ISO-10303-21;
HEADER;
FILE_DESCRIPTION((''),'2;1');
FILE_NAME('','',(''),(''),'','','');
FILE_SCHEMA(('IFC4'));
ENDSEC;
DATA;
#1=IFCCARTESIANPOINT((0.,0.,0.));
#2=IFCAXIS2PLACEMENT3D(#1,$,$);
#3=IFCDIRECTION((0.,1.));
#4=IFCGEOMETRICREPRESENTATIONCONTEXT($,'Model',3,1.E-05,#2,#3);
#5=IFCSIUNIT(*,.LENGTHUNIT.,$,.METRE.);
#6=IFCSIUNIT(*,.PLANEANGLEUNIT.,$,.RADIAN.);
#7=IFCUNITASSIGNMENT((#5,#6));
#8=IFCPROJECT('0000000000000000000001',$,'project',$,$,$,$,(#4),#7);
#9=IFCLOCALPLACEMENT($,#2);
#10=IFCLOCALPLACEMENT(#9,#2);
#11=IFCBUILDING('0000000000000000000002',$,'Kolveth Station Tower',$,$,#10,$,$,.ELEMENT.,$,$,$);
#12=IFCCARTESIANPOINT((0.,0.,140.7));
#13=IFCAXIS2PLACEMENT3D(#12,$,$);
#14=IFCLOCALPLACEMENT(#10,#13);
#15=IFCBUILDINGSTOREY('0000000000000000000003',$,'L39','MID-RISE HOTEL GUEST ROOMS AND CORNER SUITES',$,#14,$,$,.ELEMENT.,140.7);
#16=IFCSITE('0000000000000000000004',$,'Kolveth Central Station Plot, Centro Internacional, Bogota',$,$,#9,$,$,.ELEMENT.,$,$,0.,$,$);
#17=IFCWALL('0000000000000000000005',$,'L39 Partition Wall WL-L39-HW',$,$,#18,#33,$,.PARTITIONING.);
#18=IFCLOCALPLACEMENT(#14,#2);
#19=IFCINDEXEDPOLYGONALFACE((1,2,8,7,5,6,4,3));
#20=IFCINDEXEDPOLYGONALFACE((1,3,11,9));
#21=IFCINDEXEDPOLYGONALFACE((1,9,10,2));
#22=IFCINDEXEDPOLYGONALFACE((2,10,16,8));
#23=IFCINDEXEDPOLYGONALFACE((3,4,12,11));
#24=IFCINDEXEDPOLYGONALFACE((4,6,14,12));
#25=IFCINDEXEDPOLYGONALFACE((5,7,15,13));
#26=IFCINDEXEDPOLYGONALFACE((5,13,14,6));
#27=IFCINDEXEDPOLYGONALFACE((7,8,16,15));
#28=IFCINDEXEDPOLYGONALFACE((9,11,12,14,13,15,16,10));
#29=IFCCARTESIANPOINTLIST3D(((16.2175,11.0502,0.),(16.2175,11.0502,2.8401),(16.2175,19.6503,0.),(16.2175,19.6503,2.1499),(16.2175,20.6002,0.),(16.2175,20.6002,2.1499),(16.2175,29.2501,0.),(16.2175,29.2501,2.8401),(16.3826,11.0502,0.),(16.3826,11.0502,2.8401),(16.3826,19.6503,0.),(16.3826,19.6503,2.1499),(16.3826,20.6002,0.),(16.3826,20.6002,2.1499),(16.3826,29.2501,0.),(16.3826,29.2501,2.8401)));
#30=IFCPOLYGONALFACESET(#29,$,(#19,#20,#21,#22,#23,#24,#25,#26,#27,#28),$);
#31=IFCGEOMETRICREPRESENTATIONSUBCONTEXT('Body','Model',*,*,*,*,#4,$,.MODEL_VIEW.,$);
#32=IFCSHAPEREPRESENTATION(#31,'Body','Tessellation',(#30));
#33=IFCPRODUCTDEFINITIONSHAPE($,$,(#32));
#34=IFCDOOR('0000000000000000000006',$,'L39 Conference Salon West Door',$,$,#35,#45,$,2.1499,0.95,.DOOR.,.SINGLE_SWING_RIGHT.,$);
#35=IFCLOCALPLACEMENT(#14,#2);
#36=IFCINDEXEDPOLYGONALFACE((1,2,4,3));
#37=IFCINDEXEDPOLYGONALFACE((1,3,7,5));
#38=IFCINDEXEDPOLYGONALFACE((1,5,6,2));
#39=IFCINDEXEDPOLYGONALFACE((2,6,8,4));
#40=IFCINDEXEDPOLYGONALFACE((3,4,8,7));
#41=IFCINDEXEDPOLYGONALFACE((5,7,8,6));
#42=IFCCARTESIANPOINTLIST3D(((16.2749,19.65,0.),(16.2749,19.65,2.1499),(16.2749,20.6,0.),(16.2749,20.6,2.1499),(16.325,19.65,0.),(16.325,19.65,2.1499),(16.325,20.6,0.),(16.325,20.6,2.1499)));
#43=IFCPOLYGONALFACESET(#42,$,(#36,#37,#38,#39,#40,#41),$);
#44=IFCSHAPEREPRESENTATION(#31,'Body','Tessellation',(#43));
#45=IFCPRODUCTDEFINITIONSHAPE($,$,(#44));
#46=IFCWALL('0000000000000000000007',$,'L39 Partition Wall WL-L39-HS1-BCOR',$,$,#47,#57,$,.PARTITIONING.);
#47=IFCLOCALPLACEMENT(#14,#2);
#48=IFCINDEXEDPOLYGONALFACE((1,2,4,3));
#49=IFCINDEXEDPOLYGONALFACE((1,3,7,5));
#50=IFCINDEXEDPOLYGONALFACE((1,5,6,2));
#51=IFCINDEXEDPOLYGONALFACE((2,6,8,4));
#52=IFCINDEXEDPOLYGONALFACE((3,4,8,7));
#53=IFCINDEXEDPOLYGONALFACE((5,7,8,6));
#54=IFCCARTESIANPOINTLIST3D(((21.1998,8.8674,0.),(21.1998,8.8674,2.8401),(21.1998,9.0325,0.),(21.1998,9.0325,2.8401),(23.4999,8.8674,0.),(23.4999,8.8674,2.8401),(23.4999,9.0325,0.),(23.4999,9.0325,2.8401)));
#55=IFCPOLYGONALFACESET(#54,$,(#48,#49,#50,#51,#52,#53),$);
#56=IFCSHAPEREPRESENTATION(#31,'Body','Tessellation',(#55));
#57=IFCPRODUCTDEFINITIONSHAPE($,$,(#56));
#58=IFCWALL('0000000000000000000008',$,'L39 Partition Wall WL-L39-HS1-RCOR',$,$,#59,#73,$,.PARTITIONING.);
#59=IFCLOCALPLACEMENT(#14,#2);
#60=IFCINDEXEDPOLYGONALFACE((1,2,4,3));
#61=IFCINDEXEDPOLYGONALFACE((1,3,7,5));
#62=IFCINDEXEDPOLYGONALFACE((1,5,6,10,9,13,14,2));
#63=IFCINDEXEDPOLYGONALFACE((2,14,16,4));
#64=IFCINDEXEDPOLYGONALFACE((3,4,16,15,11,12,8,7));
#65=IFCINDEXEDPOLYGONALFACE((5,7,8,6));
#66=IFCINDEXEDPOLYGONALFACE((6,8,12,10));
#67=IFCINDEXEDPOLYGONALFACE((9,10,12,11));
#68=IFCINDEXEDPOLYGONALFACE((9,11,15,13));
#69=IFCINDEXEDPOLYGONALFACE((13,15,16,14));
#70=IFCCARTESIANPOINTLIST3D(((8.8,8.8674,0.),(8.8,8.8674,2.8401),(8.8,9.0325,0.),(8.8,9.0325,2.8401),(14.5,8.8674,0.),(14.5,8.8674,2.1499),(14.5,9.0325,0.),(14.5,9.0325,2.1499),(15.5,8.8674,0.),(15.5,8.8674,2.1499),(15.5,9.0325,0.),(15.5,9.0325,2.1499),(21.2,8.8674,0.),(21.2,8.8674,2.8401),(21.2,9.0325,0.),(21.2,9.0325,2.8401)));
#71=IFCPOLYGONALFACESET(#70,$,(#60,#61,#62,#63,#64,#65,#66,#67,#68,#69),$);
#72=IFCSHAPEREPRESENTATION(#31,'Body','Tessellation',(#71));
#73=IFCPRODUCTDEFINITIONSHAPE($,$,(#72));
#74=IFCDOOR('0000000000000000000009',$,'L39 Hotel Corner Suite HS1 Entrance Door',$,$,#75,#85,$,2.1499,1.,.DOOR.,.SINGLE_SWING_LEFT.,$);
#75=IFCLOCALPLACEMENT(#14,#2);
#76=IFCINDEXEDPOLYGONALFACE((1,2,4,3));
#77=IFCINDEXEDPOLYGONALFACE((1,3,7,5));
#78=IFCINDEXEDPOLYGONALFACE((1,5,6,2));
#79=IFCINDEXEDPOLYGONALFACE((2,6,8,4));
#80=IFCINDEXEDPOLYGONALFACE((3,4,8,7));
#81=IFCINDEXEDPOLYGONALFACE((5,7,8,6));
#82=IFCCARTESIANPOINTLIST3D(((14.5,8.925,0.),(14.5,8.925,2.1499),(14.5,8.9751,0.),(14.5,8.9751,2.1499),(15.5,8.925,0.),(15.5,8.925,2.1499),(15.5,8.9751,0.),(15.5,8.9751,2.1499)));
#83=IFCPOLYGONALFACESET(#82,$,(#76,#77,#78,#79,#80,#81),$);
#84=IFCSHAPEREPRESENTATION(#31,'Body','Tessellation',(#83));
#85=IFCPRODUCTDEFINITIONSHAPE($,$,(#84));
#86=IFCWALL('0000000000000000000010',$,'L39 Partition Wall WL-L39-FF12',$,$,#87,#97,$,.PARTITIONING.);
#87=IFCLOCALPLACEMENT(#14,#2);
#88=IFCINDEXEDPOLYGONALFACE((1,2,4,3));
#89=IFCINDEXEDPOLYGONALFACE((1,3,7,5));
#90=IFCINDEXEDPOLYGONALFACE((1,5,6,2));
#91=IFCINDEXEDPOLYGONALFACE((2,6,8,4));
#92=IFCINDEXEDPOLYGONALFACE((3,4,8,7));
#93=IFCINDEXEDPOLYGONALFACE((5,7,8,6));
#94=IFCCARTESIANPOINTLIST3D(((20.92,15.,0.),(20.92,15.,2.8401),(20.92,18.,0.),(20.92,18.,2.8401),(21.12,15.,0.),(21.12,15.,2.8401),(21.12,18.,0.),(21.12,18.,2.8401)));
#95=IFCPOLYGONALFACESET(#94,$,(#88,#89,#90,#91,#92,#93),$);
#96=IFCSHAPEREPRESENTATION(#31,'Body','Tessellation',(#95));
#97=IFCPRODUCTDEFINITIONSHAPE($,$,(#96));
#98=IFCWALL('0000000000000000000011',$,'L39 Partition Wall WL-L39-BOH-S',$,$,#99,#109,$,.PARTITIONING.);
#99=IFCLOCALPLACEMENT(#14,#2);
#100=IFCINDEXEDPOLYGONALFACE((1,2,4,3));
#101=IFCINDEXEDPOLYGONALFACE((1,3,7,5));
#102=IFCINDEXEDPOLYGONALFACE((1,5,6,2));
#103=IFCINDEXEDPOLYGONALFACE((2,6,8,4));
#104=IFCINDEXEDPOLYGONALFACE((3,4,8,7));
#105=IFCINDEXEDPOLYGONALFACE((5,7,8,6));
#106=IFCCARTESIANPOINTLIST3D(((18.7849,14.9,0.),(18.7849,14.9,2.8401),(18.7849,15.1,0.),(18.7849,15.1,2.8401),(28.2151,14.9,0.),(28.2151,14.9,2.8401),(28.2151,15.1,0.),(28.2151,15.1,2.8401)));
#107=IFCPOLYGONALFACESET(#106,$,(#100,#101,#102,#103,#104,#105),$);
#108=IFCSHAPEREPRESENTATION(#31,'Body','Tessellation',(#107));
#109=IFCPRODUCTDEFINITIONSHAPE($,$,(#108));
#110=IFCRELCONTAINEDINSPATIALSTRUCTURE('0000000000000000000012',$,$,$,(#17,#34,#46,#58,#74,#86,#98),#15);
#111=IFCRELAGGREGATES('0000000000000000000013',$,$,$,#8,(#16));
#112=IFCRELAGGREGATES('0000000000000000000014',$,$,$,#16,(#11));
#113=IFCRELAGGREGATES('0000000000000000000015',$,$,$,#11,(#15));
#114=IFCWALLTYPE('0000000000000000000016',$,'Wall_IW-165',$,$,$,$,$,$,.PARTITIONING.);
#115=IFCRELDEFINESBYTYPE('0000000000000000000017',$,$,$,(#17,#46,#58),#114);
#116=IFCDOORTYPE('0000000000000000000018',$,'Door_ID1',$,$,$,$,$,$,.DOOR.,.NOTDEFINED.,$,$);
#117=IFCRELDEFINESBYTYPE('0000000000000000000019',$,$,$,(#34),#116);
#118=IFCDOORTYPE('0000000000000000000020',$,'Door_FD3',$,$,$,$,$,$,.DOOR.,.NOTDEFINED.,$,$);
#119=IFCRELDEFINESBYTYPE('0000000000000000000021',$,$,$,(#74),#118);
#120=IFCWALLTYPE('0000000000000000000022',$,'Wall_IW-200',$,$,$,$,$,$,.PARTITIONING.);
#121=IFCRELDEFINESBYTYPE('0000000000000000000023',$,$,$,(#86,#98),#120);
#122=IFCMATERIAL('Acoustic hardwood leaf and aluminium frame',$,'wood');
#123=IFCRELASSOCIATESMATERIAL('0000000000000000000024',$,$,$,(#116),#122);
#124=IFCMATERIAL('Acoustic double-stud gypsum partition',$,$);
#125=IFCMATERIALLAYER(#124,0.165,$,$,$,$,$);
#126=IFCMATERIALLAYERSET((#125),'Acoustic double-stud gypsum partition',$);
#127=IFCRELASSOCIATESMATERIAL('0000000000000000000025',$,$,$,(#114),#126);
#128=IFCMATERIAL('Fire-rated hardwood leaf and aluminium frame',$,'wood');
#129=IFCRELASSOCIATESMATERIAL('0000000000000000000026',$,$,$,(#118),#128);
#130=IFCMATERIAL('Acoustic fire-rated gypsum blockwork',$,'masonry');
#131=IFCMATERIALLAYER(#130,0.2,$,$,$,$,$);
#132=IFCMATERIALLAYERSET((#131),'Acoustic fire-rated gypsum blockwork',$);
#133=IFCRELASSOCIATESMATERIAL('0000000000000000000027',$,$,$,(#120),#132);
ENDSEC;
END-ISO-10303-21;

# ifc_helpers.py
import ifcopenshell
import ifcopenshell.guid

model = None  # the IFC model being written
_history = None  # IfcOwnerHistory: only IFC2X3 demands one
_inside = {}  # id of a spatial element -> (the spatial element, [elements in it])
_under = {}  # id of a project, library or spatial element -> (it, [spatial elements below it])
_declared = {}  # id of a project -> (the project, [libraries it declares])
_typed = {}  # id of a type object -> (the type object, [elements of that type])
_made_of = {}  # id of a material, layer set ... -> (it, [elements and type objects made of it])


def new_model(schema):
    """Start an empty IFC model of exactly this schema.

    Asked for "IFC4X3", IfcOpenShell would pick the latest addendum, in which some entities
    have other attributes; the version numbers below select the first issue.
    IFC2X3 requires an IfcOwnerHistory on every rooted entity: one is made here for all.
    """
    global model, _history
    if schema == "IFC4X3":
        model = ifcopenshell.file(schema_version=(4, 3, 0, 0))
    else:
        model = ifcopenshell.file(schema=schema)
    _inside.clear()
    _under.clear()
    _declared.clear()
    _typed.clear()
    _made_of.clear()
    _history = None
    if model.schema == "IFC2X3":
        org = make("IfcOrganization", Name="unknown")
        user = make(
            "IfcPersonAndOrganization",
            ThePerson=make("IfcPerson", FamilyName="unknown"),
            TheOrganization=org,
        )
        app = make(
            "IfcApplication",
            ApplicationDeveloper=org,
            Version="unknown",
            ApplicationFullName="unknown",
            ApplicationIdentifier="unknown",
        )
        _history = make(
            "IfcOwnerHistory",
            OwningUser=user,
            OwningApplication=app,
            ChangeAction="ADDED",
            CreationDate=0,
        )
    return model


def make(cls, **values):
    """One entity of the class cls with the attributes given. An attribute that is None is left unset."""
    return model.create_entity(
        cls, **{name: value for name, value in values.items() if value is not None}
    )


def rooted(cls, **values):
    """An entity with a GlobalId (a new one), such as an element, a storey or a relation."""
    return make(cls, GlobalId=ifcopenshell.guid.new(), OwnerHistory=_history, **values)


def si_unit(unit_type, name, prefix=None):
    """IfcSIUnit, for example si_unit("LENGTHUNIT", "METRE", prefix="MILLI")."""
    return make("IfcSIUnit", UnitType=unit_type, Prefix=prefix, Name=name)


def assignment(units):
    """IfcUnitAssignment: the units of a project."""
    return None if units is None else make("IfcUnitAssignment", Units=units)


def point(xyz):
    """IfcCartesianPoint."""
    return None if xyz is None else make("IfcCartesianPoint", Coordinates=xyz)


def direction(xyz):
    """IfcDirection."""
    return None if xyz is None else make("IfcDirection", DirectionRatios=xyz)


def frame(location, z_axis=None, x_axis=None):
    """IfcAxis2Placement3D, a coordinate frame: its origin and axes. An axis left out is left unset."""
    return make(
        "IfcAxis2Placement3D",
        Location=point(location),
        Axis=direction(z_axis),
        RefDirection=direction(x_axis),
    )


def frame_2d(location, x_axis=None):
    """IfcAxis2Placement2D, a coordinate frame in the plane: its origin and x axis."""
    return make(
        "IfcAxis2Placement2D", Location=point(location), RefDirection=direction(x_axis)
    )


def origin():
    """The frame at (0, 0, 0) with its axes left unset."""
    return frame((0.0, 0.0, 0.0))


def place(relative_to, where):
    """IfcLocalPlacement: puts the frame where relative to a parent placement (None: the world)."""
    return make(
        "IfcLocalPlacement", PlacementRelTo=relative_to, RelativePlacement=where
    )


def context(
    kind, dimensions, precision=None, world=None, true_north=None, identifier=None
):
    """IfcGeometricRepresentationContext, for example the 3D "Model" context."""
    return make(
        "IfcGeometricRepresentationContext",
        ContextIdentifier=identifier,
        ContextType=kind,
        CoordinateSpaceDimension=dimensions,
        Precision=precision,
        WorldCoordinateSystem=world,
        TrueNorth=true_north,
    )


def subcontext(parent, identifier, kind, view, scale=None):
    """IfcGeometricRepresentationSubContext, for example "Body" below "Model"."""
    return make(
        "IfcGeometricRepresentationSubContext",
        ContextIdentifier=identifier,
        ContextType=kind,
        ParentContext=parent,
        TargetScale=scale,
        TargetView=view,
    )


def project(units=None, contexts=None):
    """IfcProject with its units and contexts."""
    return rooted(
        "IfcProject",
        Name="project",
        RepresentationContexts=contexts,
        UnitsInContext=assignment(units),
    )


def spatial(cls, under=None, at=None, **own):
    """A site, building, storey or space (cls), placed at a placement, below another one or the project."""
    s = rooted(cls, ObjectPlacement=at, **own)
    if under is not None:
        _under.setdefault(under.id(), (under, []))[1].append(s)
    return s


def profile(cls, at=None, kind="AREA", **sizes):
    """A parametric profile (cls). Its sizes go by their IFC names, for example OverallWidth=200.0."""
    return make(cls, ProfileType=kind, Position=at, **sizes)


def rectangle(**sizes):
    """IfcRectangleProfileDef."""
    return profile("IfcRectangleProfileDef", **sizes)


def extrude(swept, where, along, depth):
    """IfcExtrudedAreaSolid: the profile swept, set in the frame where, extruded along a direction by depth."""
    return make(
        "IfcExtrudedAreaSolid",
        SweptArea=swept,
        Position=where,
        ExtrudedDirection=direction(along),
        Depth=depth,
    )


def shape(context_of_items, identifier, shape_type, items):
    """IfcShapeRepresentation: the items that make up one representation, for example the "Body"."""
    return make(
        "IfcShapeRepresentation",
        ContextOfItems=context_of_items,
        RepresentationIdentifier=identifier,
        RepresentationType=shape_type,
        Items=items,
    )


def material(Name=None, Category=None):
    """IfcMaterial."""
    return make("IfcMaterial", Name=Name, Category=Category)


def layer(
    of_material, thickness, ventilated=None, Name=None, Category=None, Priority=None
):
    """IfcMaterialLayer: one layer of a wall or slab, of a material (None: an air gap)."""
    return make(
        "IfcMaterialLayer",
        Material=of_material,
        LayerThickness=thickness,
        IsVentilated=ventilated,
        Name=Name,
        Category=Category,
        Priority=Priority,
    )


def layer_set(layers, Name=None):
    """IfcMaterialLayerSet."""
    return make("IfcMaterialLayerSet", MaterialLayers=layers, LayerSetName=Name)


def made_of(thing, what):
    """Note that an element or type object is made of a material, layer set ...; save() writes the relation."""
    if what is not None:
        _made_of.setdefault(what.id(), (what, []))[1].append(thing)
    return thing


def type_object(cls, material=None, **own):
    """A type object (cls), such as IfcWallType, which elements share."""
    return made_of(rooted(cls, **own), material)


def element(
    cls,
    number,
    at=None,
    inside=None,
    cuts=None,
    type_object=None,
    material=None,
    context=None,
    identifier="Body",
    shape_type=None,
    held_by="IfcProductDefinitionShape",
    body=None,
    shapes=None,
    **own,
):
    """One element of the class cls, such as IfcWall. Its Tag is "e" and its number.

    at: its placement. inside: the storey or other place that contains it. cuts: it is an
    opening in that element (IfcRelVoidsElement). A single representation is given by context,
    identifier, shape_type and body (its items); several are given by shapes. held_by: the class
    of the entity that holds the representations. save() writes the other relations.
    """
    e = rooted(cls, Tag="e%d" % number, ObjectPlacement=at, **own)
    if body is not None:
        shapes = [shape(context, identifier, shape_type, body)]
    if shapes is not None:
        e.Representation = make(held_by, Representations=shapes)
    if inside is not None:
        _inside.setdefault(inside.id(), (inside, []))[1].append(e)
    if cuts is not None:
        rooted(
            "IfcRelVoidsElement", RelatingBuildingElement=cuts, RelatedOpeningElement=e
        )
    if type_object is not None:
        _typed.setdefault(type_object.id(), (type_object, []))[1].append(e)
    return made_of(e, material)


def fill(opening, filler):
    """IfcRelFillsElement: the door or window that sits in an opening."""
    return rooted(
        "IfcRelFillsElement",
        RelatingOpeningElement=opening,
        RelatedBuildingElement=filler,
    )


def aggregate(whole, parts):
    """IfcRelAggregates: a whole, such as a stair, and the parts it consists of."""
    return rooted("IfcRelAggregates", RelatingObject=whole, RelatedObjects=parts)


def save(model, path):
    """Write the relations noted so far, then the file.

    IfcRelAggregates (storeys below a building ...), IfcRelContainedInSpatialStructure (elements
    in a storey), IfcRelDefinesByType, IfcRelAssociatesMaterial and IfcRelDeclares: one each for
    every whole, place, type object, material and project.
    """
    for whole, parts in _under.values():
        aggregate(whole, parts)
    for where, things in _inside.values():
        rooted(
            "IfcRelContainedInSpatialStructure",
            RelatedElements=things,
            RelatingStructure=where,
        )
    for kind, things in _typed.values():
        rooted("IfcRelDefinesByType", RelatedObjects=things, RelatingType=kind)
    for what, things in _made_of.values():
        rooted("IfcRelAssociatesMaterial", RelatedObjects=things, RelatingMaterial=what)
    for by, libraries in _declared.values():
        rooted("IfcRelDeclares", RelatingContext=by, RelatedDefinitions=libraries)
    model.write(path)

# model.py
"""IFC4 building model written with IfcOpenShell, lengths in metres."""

from ifc_helpers import new_model, si_unit, direction, frame, frame_2d, origin, place, context, subcontext, project, spatial, rectangle, extrude, material, layer, layer_set, type_object, element, fill, save


model = new_model("IFC4")

# Units and contexts
model_context = context("Model", 3, precision=1e-05, world=origin(), true_north=direction((0.0, 1.0)))
body_context = subcontext(model_context, "Body", "Model", "MODEL_VIEW")
ifc_project = project(units=[si_unit("LENGTHUNIT", "METRE"), si_unit("PLANEANGLEUNIT", "RADIAN")], contexts=[model_context])

# Site, building, storey
site_placement = place(None, origin())
site = spatial("IfcSite", under=ifc_project, at=site_placement, Name="Kolveth Central Station Plot, Centro Internacional, Bogota", CompositionType="ELEMENT", RefElevation=0.0)
building_placement = place(site_placement, origin())
building = spatial("IfcBuilding", under=site, at=building_placement, Name="Kolveth Station Tower", CompositionType="ELEMENT")
storey_placement = place(building_placement, frame((0.0, 0.0, 140.7)))
storey = spatial("IfcBuildingStorey", under=building, at=storey_placement, Name="L39", Description="MID-RISE HOTEL GUEST ROOMS AND CORNER SUITES", CompositionType="ELEMENT", Elevation=140.7)

# Shared definitions
ifc_material_1 = material(Name="Acoustic hardwood leaf and aluminium frame", Category="wood")
door_type_1 = type_object("IfcDoorType", Name="Door_ID1", OperationType="NOTDEFINED", PredefinedType="DOOR", material=ifc_material_1)

# Shared definitions
ifc_material_2 = material(Name="Acoustic double-stud gypsum partition")
ifc_layer_1 = layer(ifc_material_2, 0.165)
ifc_layer_set_1 = layer_set([ifc_layer_1], Name="Acoustic double-stud gypsum partition")
wall_type_1 = type_object("IfcWallType", Name="Wall_IW-165", PredefinedType="PARTITIONING", material=ifc_layer_set_1)

# Wall, opening, door
wall_1_placement = place(storey_placement, frame((16.3, 11.05, 0.0), z_axis=(0.0, 0.0, 1.0), x_axis=(0.0, 1.0, 0.0)))
wall_1 = element("IfcWall", 1, at=wall_1_placement, inside=storey, type_object=wall_type_1, Name="L39 Partition Wall WL-L39-HW", PredefinedType="PARTITIONING", context=body_context, shape_type="SweptSolid", body=[
    extrude(rectangle(XDim=18.2, YDim=0.165, at=frame_2d((9.1001, 0.0))), origin(), (0.0, 0.0, 1.0), 2.8401),
])
opening_1_placement = place(wall_1_placement, frame((8.6001, 0.0, 0.0)))
opening_1 = element("IfcOpeningElement", 2, at=opening_1_placement, cuts=wall_1, PredefinedType="OPENING", context=body_context, shape_type="SweptSolid", body=[
    extrude(rectangle(XDim=0.95, YDim=2.1499, at=frame_2d((0.4751, 1.075))), frame((0.0, 0.0925, 0.0), z_axis=(0.0, -1.0, 0.0), x_axis=(1.0, 0.0, 0.0)), (0.0, 0.0, 1.0), 0.1851),
])
door_1_placement = place(opening_1_placement, frame((0.95, 0.0, 0.0), z_axis=(0.0, 0.0, 1.0), x_axis=(-1.0, 0.0, 0.0)))
door_1 = element("IfcDoor", 3, at=door_1_placement, inside=storey, type_object=door_type_1, Name="L39 Conference Salon West Door", OperationType="SINGLE_SWING_RIGHT", OverallHeight=2.1499, OverallWidth=0.95, PredefinedType="DOOR", context=body_context, shape_type="SweptSolid", body=[
    extrude(rectangle(XDim=0.95, YDim=2.1499, at=frame_2d((0.4751, 1.075))), frame((0.0, 0.0249, 0.0), z_axis=(0.0, -1.0, 0.0), x_axis=(1.0, 0.0, 0.0)), (0.0, 0.0, 1.0), 0.05),
])
fill(opening_1, door_1)

# Wall
wall_2_placement = place(storey_placement, frame((21.2, 8.95, 0.0), z_axis=(0.0, 0.0, 1.0), x_axis=(1.0, 0.0, 0.0)))
element("IfcWall", 4, at=wall_2_placement, inside=storey, type_object=wall_type_1, Name="L39 Partition Wall WL-L39-HS1-BCOR", PredefinedType="PARTITIONING", context=body_context, shape_type="SweptSolid", body=[
    extrude(rectangle(XDim=2.3, YDim=0.165, at=frame_2d((1.1499, 0.0))), origin(), (0.0, 0.0, 1.0), 2.8401),
])

# Wall, opening, door
wall_3_placement = place(storey_placement, frame((8.8, 8.95, 0.0), z_axis=(0.0, 0.0, 1.0), x_axis=(1.0, 0.0, 0.0)))
wall_3 = element("IfcWall", 5, at=wall_3_placement, inside=storey, type_object=wall_type_1, Name="L39 Partition Wall WL-L39-HS1-RCOR", PredefinedType="PARTITIONING", context=body_context, shape_type="SweptSolid", body=[
    extrude(rectangle(XDim=12.3999, YDim=0.165, at=frame_2d((6.2, 0.0))), origin(), (0.0, 0.0, 1.0), 2.8401),
])
opening_2_placement = place(wall_3_placement, frame((5.7, 0.0, 0.0)))
opening_2 = element("IfcOpeningElement", 6, at=opening_2_placement, cuts=wall_3, PredefinedType="OPENING", context=body_context, shape_type="SweptSolid", body=[
    extrude(rectangle(XDim=1.0, YDim=2.1499, at=frame_2d((0.5, 1.075))), frame((0.0, 0.0925, 0.0), z_axis=(0.0, -1.0, 0.0), x_axis=(1.0, 0.0, 0.0)), (0.0, 0.0, 1.0), 0.1851),
])
ifc_material_3 = material(Name="Fire-rated hardwood leaf and aluminium frame", Category="wood")
door_type_2 = type_object("IfcDoorType", Name="Door_FD3", OperationType="NOTDEFINED", PredefinedType="DOOR", material=ifc_material_3)
door_2_placement = place(opening_2_placement, frame((1.0, 0.0, 0.0), z_axis=(0.0, 0.0, 1.0), x_axis=(-1.0, 0.0, 0.0)))
door_2 = element("IfcDoor", 7, at=door_2_placement, inside=storey, type_object=door_type_2, Name="L39 Hotel Corner Suite HS1 Entrance Door", OperationType="SINGLE_SWING_LEFT", OverallHeight=2.1499, OverallWidth=1.0, PredefinedType="DOOR", context=body_context, shape_type="SweptSolid", body=[
    extrude(rectangle(XDim=1.0, YDim=2.1499, at=frame_2d((0.5, 1.075))), frame((0.0, 0.0249, 0.0), z_axis=(0.0, -1.0, 0.0), x_axis=(1.0, 0.0, 0.0)), (0.0, 0.0, 1.0), 0.05),
])
fill(opening_2, door_2)

# Walls
ifc_material_4 = material(Name="Acoustic fire-rated gypsum blockwork", Category="masonry")
ifc_layer_2 = layer(ifc_material_4, 0.2)
ifc_layer_set_2 = layer_set([ifc_layer_2], Name="Acoustic fire-rated gypsum blockwork")
wall_type_2 = type_object("IfcWallType", Name="Wall_IW-200", PredefinedType="PARTITIONING", material=ifc_layer_set_2)
wall_4_placement = place(storey_placement, frame((21.02, 15.0, 0.0), z_axis=(0.0, 0.0, 1.0), x_axis=(0.0, 1.0, 0.0)))
element("IfcWall", 8, at=wall_4_placement, inside=storey, type_object=wall_type_2, Name="L39 Partition Wall WL-L39-FF12", PredefinedType="PARTITIONING", context=body_context, shape_type="SweptSolid", body=[
    extrude(rectangle(XDim=3.0, YDim=0.2, at=frame_2d((1.5, 0.0))), origin(), (0.0, 0.0, 1.0), 2.8401),
])
wall_5_placement = place(storey_placement, frame((18.7849, 15.0, 0.0), z_axis=(0.0, 0.0, 1.0), x_axis=(1.0, 0.0, 0.0)))
element("IfcWall", 9, at=wall_5_placement, inside=storey, type_object=wall_type_2, Name="L39 Partition Wall WL-L39-BOH-S", PredefinedType="PARTITIONING", context=body_context, shape_type="SweptSolid", body=[
    extrude(rectangle(XDim=9.4302, YDim=0.2, at=frame_2d((4.7151, 0.0))), origin(), (0.0, 0.0, 1.0), 2.8401),
])

save(model, "model.ifc")
